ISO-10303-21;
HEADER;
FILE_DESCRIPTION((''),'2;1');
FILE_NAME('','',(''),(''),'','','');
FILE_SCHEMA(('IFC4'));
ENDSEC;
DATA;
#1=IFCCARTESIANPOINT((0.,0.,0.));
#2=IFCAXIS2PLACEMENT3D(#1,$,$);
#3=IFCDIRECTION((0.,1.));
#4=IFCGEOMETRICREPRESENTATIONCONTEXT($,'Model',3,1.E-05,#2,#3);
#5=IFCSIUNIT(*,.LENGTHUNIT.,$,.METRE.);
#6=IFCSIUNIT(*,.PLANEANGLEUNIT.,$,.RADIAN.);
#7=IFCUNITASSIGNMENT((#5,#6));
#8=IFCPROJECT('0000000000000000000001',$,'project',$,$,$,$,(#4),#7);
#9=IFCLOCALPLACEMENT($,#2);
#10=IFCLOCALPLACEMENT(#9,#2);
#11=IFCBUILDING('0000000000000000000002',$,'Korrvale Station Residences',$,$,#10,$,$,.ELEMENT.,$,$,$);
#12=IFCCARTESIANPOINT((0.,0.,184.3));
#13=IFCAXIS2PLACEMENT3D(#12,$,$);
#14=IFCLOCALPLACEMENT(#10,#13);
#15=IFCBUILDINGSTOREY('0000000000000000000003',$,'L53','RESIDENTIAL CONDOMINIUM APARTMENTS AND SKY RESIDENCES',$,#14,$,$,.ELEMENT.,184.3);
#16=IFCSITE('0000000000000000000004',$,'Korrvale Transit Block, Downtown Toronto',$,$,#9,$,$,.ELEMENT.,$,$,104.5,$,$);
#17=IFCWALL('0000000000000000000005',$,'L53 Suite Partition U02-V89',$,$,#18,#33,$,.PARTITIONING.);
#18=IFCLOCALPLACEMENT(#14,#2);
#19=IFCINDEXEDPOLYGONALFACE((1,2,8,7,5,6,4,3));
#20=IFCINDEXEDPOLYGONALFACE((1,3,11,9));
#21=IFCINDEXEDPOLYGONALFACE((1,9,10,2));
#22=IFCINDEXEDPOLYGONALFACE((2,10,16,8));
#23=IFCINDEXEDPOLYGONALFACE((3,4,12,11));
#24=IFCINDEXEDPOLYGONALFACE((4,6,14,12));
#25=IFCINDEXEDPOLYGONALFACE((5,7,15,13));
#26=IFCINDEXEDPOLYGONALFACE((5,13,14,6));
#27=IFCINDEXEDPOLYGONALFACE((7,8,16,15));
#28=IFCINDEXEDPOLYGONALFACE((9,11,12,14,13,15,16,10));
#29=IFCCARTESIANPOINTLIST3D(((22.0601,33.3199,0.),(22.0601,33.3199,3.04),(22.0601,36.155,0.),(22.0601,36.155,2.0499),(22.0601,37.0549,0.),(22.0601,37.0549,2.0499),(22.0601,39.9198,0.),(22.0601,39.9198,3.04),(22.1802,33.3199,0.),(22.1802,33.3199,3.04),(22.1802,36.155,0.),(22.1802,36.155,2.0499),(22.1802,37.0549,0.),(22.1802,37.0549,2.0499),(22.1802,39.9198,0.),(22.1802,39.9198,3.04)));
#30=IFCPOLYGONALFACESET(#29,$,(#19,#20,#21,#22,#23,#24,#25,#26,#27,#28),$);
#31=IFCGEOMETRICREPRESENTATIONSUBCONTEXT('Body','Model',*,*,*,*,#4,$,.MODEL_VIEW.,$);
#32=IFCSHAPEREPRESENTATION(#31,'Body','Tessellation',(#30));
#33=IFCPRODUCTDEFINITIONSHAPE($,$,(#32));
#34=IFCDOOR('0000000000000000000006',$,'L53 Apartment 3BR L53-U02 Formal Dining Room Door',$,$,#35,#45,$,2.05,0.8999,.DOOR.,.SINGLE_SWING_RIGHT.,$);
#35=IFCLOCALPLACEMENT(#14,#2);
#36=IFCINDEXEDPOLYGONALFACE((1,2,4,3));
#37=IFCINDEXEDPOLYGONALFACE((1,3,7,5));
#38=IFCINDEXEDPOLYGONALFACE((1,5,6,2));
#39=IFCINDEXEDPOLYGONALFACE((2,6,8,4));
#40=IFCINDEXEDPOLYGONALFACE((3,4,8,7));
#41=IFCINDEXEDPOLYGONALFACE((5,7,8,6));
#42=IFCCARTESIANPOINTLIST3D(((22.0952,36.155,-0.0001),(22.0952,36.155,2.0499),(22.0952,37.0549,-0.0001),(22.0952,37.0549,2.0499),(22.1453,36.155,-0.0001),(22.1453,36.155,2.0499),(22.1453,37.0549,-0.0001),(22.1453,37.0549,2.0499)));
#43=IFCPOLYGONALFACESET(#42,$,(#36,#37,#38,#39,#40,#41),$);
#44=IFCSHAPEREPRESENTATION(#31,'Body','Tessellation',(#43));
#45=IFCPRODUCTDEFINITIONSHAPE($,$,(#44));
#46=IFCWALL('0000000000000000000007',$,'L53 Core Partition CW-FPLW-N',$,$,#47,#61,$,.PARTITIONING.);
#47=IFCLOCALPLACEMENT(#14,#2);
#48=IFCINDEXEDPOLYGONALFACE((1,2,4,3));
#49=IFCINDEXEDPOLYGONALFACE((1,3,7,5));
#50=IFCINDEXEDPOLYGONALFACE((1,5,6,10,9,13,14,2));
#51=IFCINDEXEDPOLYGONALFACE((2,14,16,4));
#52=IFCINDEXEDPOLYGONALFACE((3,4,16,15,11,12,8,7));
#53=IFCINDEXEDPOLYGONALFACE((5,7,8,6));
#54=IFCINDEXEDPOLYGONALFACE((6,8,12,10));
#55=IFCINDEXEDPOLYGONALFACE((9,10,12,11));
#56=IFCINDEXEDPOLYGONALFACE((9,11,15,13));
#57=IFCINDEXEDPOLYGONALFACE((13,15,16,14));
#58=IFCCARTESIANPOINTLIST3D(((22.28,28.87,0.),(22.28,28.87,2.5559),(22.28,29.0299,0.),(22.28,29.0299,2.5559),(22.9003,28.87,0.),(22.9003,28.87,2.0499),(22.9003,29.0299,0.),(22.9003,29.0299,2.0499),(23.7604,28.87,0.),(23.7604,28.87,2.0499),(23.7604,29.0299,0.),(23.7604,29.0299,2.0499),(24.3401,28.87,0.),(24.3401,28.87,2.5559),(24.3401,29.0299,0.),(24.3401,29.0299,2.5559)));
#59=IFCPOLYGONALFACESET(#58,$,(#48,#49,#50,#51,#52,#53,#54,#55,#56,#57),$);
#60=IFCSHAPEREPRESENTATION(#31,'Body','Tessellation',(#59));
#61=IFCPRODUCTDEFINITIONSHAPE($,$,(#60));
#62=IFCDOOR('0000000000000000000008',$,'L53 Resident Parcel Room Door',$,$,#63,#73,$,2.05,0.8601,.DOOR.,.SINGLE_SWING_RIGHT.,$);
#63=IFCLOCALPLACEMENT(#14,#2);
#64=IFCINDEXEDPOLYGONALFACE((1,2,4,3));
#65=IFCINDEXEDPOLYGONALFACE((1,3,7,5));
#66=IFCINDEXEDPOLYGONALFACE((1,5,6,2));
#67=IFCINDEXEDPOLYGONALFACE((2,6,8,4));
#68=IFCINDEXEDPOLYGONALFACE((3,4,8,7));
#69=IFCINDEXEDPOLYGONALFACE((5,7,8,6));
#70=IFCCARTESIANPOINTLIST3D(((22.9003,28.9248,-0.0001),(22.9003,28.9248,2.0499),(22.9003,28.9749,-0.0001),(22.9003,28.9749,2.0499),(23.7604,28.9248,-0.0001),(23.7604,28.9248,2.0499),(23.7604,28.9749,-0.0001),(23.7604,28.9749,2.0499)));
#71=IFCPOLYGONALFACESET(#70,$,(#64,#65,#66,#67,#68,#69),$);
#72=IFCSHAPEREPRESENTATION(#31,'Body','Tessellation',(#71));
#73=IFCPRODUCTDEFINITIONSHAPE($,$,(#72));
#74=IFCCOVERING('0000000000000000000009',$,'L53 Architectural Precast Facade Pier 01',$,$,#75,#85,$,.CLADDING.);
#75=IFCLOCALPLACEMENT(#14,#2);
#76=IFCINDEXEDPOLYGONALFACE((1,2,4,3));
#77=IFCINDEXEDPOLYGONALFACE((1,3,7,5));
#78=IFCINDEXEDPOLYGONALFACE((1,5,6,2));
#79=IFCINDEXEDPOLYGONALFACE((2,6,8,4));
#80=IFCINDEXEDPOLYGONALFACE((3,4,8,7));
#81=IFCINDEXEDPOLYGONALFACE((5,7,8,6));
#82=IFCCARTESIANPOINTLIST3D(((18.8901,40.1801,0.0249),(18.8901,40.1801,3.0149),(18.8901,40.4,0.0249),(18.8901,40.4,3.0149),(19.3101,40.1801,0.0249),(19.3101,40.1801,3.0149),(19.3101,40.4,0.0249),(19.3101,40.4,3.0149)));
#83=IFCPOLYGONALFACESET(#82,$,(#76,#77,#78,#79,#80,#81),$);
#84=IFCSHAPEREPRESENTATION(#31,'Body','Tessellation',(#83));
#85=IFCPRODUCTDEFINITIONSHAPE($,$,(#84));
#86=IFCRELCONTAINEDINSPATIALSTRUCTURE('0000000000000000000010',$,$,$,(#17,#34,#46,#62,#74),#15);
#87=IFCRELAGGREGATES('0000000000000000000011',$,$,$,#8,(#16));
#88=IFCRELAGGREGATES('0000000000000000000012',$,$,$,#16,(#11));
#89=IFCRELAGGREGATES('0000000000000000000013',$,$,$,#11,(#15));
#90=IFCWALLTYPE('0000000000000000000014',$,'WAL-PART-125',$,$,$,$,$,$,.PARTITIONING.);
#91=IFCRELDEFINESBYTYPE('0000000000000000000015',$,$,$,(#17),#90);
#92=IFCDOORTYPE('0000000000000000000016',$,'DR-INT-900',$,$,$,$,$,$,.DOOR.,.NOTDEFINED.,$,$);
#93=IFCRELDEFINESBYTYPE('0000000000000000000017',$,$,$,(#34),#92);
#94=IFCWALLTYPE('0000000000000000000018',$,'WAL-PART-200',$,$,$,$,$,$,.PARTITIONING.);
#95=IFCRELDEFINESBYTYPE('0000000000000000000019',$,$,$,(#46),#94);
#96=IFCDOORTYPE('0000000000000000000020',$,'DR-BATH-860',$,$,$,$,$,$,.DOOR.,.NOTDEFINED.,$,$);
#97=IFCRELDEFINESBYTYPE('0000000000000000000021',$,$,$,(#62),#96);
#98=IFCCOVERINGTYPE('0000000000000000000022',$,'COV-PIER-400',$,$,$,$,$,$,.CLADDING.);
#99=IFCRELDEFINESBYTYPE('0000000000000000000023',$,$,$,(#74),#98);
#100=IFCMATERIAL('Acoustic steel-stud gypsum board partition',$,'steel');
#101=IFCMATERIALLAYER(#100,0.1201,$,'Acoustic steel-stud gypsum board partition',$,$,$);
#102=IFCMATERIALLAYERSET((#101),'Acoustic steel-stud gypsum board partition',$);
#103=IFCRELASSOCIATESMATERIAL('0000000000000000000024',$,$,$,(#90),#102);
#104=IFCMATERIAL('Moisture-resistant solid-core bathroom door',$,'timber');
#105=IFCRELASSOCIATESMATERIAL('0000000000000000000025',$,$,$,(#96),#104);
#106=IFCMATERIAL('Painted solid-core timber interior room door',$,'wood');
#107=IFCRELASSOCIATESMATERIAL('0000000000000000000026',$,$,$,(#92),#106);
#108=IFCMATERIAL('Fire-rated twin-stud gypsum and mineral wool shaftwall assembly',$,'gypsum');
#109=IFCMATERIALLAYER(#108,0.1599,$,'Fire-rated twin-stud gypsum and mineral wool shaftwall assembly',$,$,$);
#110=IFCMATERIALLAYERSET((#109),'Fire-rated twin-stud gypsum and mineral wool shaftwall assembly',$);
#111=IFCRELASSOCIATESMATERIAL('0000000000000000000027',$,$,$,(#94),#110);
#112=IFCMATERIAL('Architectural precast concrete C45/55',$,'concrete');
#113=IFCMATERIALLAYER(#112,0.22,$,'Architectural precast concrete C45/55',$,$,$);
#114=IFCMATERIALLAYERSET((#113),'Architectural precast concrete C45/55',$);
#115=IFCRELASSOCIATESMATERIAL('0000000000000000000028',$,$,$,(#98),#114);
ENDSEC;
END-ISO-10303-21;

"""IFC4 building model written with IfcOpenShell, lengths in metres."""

from ifc_helpers import new_model, si_unit, direction, frame, frame_2d, origin, origin_2d, place, context, subcontext, project, spatial, rectangle, extrude, material, layer, layer_set, type_object, element, fill, save


model = new_model("IFC4")

# Units and contexts
model_context = context("Model", 3, precision=1e-05, world=origin(), true_north=direction((0.0, 1.0)))
body_context = subcontext(model_context, "Body", "Model", "MODEL_VIEW")
ifc_project = project(units=[si_unit("LENGTHUNIT", "METRE"), si_unit("PLANEANGLEUNIT", "RADIAN")], contexts=[model_context])

# Site, building, storey
site_placement = place(None, origin())
site = spatial("IfcSite", under=ifc_project, at=site_placement, Name="Korrvale Transit Block, Downtown Toronto", CompositionType="ELEMENT", RefElevation=104.5)
building_placement = place(site_placement, origin())
building = spatial("IfcBuilding", under=site, at=building_placement, Name="Korrvale Station Residences", CompositionType="ELEMENT")
storey_placement = place(building_placement, frame((0.0, 0.0, 184.3)))
storey = spatial("IfcBuildingStorey", under=building, at=storey_placement, Name="L53", Description="RESIDENTIAL CONDOMINIUM APARTMENTS AND SKY RESIDENCES", CompositionType="ELEMENT", Elevation=184.3)

# Walls, openings, doors
ifc_material_1 = material(Name="Acoustic steel-stud gypsum board partition", Category="steel")
ifc_layer_1 = layer(ifc_material_1, 0.1201, Name="Acoustic steel-stud gypsum board partition")
ifc_layer_set_1 = layer_set([ifc_layer_1], Name="Acoustic steel-stud gypsum board partition")
wall_type_1 = type_object("IfcWallType", Name="WAL-PART-125", PredefinedType="PARTITIONING", material=ifc_layer_set_1)
ifc_material_2 = material(Name="Moisture-resistant solid-core bathroom door", Category="timber")
door_type_1 = type_object("IfcDoorType", Name="DR-BATH-860", OperationType="NOTDEFINED", PredefinedType="DOOR", material=ifc_material_2)
ifc_material_3 = material(Name="Painted solid-core timber interior room door", Category="wood")
door_type_2 = type_object("IfcDoorType", Name="DR-INT-900", OperationType="NOTDEFINED", PredefinedType="DOOR", material=ifc_material_3)
wall_1_placement = place(storey_placement, frame((22.1201, 33.3201, 0.0), z_axis=(0.0, 0.0, 1.0), x_axis=(0.0, 1.0, 0.0)))
wall_1 = element("IfcWall", 1, at=wall_1_placement, inside=storey, type_object=wall_type_1, Name="L53 Suite Partition U02-V89", PredefinedType="PARTITIONING", context=body_context, shape_type="SweptSolid", body=[
    extrude(rectangle(XDim=6.5999, YDim=0.1201, at=frame_2d((3.2998, 0.0))), origin(), (0.0, 0.0, 1.0), 3.04),
])
opening_1_placement = place(wall_1_placement, frame((2.835, 0.0, 0.0)))
opening_1 = element("IfcOpeningElement", 2, at=opening_1_placement, cuts=wall_1, PredefinedType="OPENING", context=body_context, shape_type="SweptSolid", body=[
    extrude(rectangle(XDim=0.8999, YDim=2.05, at=frame_2d((0.45, 1.0249))), frame((0.0, 0.0701, 0.0), z_axis=(0.0, -1.0, 0.0), x_axis=(1.0, 0.0, 0.0)), (0.0, 0.0, 1.0), 0.1401),
])
door_1_placement = place(opening_1_placement, origin())
door_1 = element("IfcDoor", 3, at=door_1_placement, inside=storey, type_object=door_type_2, Name="L53 Apartment 3BR L53-U02 Formal Dining Room Door", OperationType="SINGLE_SWING_RIGHT", OverallHeight=2.05, OverallWidth=0.8999, PredefinedType="DOOR", context=body_context, shape_type="SweptSolid", body=[
    extrude(rectangle(XDim=0.8999, YDim=2.05, at=frame_2d((0.45, 1.0249))), frame((0.0, 0.0249, 0.0), z_axis=(0.0, -1.0, 0.0), x_axis=(1.0, 0.0, 0.0)), (0.0, 0.0, 1.0), 0.05),
])
fill(opening_1, door_1)
ifc_material_4 = material(Name="Fire-rated twin-stud gypsum and mineral wool shaftwall assembly", Category="gypsum")
ifc_layer_2 = layer(ifc_material_4, 0.1599, Name="Fire-rated twin-stud gypsum and mineral wool shaftwall assembly")
ifc_layer_set_2 = layer_set([ifc_layer_2], Name="Fire-rated twin-stud gypsum and mineral wool shaftwall assembly")
wall_type_2 = type_object("IfcWallType", Name="WAL-PART-200", PredefinedType="PARTITIONING", material=ifc_layer_set_2)
wall_2_placement = place(storey_placement, frame((22.28, 28.95, 0.0), z_axis=(0.0, 0.0, 1.0), x_axis=(1.0, 0.0, 0.0)))
wall_2 = element("IfcWall", 4, at=wall_2_placement, inside=storey, type_object=wall_type_2, Name="L53 Core Partition CW-FPLW-N", PredefinedType="PARTITIONING", context=body_context, shape_type="SweptSolid", body=[
    extrude(rectangle(XDim=2.0601, YDim=0.1599, at=frame_2d((1.03, 0.0))), origin(), (0.0, 0.0, 1.0), 2.5559),
])
opening_2_placement = place(wall_2_placement, frame((0.6201, 0.0, 0.0)))
opening_2 = element("IfcOpeningElement", 5, at=opening_2_placement, cuts=wall_2, PredefinedType="OPENING", context=body_context, shape_type="SweptSolid", body=[
    extrude(rectangle(XDim=0.8601, YDim=2.05, at=frame_2d((0.4302, 1.0249))), frame((0.0, 0.0898, 0.0), z_axis=(0.0, -1.0, 0.0), x_axis=(1.0, 0.0, 0.0)), (0.0, 0.0, 1.0), 0.1799),
])
door_2_placement = place(opening_2_placement, origin())
door_2 = element("IfcDoor", 6, at=door_2_placement, inside=storey, type_object=door_type_1, Name="L53 Resident Parcel Room Door", OperationType="SINGLE_SWING_RIGHT", OverallHeight=2.05, OverallWidth=0.8601, PredefinedType="DOOR", context=body_context, shape_type="SweptSolid", body=[
    extrude(rectangle(XDim=0.8601, YDim=2.05, at=frame_2d((0.4302, 1.0249))), frame((0.0, 0.0249, 0.0), z_axis=(0.0, -1.0, 0.0), x_axis=(1.0, 0.0, 0.0)), (0.0, 0.0, 1.0), 0.05),
])
fill(opening_2, door_2)

# Covering
ifc_material_5 = material(Name="Architectural precast concrete C45/55", Category="concrete")
ifc_layer_3 = layer(ifc_material_5, 0.22, Name="Architectural precast concrete C45/55")
ifc_layer_set_3 = layer_set([ifc_layer_3], Name="Architectural precast concrete C45/55")
covering_type = type_object("IfcCoveringType", Name="COV-PIER-400", PredefinedType="CLADDING", material=ifc_layer_set_3)
covering_placement = place(storey_placement, frame((19.1001, 40.29, 0.0249), z_axis=(0.0, 0.0, 1.0), x_axis=(1.0, 0.0, 0.0)))
element("IfcCovering", 7, at=covering_placement, inside=storey, type_object=covering_type, Name="L53 Architectural Precast Facade Pier 01", PredefinedType="CLADDING", context=body_context, shape_type="SweptSolid", body=[
    extrude(rectangle(XDim=0.4199, YDim=0.22, at=origin_2d()), origin(), (0.0, 0.0, 1.0), 2.99),
])

save(model, "model.ifc")
